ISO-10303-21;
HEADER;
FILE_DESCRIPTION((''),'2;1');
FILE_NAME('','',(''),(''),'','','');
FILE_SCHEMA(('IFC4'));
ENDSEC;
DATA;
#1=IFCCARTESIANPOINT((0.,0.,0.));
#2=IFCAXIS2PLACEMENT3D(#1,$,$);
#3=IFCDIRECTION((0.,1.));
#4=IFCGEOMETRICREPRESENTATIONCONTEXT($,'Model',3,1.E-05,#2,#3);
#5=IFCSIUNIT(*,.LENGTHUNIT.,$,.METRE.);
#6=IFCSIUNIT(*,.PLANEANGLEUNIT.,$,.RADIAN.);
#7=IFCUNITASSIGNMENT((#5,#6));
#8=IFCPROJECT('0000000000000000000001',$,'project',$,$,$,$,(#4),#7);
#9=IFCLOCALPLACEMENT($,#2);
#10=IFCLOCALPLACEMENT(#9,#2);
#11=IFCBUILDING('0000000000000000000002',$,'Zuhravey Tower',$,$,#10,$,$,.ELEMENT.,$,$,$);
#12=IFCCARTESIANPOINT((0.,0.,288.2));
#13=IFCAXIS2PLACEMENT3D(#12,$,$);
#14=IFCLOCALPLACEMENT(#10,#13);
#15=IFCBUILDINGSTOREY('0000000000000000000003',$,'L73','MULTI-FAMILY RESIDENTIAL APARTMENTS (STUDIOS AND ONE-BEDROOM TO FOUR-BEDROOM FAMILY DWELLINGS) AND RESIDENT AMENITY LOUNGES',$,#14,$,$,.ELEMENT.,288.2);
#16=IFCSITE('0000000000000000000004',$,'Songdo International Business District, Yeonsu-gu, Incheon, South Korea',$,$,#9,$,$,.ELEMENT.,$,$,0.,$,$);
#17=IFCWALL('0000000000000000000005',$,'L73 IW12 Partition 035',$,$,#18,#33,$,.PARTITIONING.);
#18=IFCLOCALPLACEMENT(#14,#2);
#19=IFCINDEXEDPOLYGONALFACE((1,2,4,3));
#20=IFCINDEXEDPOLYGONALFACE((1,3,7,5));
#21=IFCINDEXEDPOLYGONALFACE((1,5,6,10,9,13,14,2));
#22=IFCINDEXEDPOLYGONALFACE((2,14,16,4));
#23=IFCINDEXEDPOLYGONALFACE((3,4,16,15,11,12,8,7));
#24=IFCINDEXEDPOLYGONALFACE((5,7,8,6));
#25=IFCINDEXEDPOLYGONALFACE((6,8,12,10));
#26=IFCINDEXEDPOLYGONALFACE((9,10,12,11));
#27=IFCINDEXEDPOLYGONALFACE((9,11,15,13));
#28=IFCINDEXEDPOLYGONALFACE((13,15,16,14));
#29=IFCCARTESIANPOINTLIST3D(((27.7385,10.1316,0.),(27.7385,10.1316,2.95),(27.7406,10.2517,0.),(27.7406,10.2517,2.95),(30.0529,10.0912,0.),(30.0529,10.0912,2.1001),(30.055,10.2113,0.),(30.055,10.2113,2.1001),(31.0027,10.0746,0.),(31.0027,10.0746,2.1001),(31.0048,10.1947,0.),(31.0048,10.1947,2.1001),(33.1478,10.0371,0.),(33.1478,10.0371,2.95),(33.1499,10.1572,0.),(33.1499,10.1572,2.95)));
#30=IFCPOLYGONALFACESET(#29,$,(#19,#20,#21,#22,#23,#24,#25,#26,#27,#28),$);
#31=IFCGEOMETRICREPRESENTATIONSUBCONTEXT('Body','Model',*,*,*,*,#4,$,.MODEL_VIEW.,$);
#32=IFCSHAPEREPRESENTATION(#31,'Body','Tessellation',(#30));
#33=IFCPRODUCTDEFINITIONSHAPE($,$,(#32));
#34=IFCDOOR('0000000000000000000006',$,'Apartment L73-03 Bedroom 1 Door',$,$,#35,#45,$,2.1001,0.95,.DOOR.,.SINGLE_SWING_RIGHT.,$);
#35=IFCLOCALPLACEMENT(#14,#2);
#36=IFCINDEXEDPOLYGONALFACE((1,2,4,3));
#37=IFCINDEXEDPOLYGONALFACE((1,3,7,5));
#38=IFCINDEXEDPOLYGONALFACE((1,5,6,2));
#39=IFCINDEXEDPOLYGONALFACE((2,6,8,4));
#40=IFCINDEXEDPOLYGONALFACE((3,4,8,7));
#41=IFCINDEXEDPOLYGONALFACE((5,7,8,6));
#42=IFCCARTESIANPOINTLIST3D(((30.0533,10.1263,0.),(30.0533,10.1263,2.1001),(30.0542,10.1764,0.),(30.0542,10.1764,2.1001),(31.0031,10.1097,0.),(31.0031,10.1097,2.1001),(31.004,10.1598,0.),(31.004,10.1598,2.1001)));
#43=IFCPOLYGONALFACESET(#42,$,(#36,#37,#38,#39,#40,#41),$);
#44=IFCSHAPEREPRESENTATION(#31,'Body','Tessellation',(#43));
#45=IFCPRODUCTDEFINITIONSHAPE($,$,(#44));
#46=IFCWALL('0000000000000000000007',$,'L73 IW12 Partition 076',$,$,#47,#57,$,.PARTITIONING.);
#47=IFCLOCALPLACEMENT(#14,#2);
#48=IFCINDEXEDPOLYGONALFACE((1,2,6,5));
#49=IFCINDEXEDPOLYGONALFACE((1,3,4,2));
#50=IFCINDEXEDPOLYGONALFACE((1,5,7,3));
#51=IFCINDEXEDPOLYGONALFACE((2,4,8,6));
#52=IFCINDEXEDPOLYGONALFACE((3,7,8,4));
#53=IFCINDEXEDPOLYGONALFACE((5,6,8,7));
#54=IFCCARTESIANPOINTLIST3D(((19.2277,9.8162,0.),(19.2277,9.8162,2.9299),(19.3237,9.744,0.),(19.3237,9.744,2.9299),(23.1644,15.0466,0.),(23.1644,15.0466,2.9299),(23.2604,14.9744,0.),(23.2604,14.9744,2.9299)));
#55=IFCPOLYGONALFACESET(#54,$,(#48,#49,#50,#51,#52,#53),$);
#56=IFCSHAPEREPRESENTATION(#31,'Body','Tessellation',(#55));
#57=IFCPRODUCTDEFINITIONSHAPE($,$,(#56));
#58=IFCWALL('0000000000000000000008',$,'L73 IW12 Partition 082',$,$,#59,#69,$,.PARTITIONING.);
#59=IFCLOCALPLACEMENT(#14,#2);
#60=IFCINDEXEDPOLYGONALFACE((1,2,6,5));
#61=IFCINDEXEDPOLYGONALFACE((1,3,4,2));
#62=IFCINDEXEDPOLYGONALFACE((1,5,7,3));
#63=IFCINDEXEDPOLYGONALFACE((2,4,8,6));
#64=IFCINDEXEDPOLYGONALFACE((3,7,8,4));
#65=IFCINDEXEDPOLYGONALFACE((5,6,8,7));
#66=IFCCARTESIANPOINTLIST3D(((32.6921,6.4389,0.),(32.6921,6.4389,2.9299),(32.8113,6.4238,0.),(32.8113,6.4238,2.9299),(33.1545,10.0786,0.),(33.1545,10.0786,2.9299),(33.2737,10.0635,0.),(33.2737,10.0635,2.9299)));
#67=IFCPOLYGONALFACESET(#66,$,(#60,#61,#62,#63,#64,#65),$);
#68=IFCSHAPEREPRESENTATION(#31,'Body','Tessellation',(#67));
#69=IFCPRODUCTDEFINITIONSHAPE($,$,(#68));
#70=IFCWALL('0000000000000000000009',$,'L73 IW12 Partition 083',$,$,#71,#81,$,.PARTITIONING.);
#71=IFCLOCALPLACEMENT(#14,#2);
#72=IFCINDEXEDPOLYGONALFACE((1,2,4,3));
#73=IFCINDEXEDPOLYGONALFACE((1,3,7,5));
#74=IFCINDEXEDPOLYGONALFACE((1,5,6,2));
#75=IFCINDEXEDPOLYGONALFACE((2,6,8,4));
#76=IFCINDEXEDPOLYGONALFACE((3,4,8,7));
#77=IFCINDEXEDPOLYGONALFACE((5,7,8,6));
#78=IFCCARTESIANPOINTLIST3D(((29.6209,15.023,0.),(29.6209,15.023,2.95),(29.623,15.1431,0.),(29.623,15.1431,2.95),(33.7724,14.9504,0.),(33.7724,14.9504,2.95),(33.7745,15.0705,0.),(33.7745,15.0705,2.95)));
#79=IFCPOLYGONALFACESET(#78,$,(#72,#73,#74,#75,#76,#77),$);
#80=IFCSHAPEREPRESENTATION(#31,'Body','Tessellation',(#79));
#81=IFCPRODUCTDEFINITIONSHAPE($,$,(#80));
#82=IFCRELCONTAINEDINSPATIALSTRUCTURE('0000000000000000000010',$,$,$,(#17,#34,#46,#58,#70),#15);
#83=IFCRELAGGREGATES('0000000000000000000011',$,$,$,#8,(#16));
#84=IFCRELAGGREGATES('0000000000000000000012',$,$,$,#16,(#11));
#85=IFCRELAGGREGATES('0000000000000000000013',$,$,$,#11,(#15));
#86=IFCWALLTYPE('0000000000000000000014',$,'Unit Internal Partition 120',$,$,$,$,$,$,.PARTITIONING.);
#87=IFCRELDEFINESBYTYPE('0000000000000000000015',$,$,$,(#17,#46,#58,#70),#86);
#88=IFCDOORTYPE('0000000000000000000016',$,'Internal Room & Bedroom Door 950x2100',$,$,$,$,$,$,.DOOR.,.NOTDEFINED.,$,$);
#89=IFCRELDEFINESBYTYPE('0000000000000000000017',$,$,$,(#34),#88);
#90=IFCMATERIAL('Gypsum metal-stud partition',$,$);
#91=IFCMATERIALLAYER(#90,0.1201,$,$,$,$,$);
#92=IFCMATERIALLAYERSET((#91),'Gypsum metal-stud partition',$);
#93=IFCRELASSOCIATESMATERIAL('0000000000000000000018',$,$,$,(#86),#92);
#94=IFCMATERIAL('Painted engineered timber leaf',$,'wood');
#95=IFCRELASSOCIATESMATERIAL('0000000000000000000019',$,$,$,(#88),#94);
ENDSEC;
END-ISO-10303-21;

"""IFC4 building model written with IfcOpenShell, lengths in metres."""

from ifc_helpers import new_model, si_unit, direction, frame, frame_2d, origin, place, context, subcontext, project, spatial, rectangle, extrude, material, layer, layer_set, type_object, element, fill, save


model = new_model("IFC4")

# Units and contexts
model_context = context("Model", 3, precision=1e-05, world=origin(), true_north=direction((0.0, 1.0)))
body_context = subcontext(model_context, "Body", "Model", "MODEL_VIEW")
ifc_project = project(units=[si_unit("LENGTHUNIT", "METRE"), si_unit("PLANEANGLEUNIT", "RADIAN")], contexts=[model_context])

# Site, building, storey
site_placement = place(None, origin())
site = spatial("IfcSite", under=ifc_project, at=site_placement, Name="Songdo International Business District, Yeonsu-gu, Incheon, South Korea", CompositionType="ELEMENT", RefElevation=0.0)
building_placement = place(site_placement, origin())
building = spatial("IfcBuilding", under=site, at=building_placement, Name="Zuhravey Tower", CompositionType="ELEMENT")
storey_placement = place(building_placement, frame((0.0, 0.0, 288.2)))
storey = spatial("IfcBuildingStorey", under=building, at=storey_placement, Name="L73", Description="MULTI-FAMILY RESIDENTIAL APARTMENTS (STUDIOS AND ONE-BEDROOM TO FOUR-BEDROOM FAMILY DWELLINGS) AND RESIDENT AMENITY LOUNGES", CompositionType="ELEMENT", Elevation=288.2)

# Shared definitions
ifc_material_1 = material(Name="Gypsum metal-stud partition")
ifc_layer_1 = layer(ifc_material_1, 0.1201)
ifc_layer_set_1 = layer_set([ifc_layer_1], Name="Gypsum metal-stud partition")
wall_type_1 = type_object("IfcWallType", Name="Unit Internal Partition 120", PredefinedType="PARTITIONING", material=ifc_layer_set_1)
ifc_material_2 = material(Name="Painted engineered timber leaf", Category="wood")
door_type = type_object("IfcDoorType", Name="Internal Room & Bedroom Door 950x2100", OperationType="NOTDEFINED", PredefinedType="DOOR", material=ifc_material_2)

# Wall, opening, door
wall_1_placement = place(storey_placement, frame((27.7395, 10.1917, 0.0), z_axis=(0.0, 0.0, 1.0), x_axis=(0.999847, -0.017464, 0.0)))
wall_1 = element("IfcWall", 1, at=wall_1_placement, inside=storey, type_object=wall_type_1, Name="L73 IW12 Partition 035", PredefinedType="PARTITIONING", context=body_context, shape_type="SweptSolid", body=[
    extrude(rectangle(XDim=5.4102, YDim=0.1201, at=frame_2d((2.7051, 0.0))), origin(), (0.0, 0.0, 1.0), 2.95),
])
opening_1_placement = place(wall_1_placement, frame((2.3147, 0.0, 0.0)))
opening_1 = element("IfcOpeningElement", 2, at=opening_1_placement, cuts=wall_1, PredefinedType="OPENING", context=body_context, shape_type="SweptSolid", body=[
    extrude(rectangle(XDim=0.95, YDim=2.1001, at=frame_2d((0.4751, 1.05))), frame((0.0, 0.072, 0.0), z_axis=(0.0, -1.0, 0.0), x_axis=(1.0, 0.0, 0.0)), (0.0, 0.0, 1.0), 0.144),
])
door_1_placement = place(opening_1_placement, frame((0.95, 0.0, 0.0), z_axis=(0.0, 0.0, 1.0), x_axis=(-1.0, 0.0, 0.0)))
door_1 = element("IfcDoor", 3, at=door_1_placement, inside=storey, type_object=door_type, Name="Apartment L73-03 Bedroom 1 Door", OperationType="SINGLE_SWING_RIGHT", OverallHeight=2.1001, OverallWidth=0.95, PredefinedType="DOOR", context=body_context, shape_type="SweptSolid", body=[
    extrude(rectangle(XDim=0.95, YDim=2.1001, at=frame_2d((0.4751, 1.05))), frame((0.0, 0.0249, 0.0), z_axis=(0.0, -1.0, 0.0), x_axis=(1.0, 0.0, 0.0)), (0.0, 0.0, 1.0), 0.05),
])
fill(opening_1, door_1)

# Walls
wall_2_placement = place(storey_placement, frame((23.2124, 15.0105, 0.0), z_axis=(0.0, 0.0, 1.0), x_axis=(-0.60136, -0.798978, 0.0)))
element("IfcWall", 4, at=wall_2_placement, inside=storey, type_object=wall_type_1, Name="L73 IW12 Partition 076", PredefinedType="PARTITIONING", context=body_context, shape_type="SweptSolid", body=[
    extrude(rectangle(XDim=6.5464, YDim=0.1201, at=frame_2d((3.2732, 0.0))), origin(), (0.0, 0.0, 1.0), 2.9299),
])
wall_3_placement = place(storey_placement, frame((33.2141, 10.071, 0.0), z_axis=(0.0, 0.0, 1.0), x_axis=(-0.126033, -0.992026, 0.0)))
element("IfcWall", 5, at=wall_3_placement, inside=storey, type_object=wall_type_1, Name="L73 IW12 Partition 082", PredefinedType="PARTITIONING", context=body_context, shape_type="SweptSolid", body=[
    extrude(rectangle(XDim=3.6689, YDim=0.1201, at=frame_2d((1.8345, 0.0))), origin(), (0.0, 0.0, 1.0), 2.9299),
])
wall_4_placement = place(storey_placement, frame((29.6218, 15.083, 0.0), z_axis=(0.0, 0.0, 1.0), x_axis=(0.999847, -0.017464, 0.0)))
element("IfcWall", 6, at=wall_4_placement, inside=storey, type_object=wall_type_1, Name="L73 IW12 Partition 083", PredefinedType="PARTITIONING", context=body_context, shape_type="SweptSolid", body=[
    extrude(rectangle(XDim=4.1521, YDim=0.1201, at=frame_2d((2.0762, 0.0))), origin(), (0.0, 0.0, 1.0), 2.95),
])

save(model, "model.ifc")
